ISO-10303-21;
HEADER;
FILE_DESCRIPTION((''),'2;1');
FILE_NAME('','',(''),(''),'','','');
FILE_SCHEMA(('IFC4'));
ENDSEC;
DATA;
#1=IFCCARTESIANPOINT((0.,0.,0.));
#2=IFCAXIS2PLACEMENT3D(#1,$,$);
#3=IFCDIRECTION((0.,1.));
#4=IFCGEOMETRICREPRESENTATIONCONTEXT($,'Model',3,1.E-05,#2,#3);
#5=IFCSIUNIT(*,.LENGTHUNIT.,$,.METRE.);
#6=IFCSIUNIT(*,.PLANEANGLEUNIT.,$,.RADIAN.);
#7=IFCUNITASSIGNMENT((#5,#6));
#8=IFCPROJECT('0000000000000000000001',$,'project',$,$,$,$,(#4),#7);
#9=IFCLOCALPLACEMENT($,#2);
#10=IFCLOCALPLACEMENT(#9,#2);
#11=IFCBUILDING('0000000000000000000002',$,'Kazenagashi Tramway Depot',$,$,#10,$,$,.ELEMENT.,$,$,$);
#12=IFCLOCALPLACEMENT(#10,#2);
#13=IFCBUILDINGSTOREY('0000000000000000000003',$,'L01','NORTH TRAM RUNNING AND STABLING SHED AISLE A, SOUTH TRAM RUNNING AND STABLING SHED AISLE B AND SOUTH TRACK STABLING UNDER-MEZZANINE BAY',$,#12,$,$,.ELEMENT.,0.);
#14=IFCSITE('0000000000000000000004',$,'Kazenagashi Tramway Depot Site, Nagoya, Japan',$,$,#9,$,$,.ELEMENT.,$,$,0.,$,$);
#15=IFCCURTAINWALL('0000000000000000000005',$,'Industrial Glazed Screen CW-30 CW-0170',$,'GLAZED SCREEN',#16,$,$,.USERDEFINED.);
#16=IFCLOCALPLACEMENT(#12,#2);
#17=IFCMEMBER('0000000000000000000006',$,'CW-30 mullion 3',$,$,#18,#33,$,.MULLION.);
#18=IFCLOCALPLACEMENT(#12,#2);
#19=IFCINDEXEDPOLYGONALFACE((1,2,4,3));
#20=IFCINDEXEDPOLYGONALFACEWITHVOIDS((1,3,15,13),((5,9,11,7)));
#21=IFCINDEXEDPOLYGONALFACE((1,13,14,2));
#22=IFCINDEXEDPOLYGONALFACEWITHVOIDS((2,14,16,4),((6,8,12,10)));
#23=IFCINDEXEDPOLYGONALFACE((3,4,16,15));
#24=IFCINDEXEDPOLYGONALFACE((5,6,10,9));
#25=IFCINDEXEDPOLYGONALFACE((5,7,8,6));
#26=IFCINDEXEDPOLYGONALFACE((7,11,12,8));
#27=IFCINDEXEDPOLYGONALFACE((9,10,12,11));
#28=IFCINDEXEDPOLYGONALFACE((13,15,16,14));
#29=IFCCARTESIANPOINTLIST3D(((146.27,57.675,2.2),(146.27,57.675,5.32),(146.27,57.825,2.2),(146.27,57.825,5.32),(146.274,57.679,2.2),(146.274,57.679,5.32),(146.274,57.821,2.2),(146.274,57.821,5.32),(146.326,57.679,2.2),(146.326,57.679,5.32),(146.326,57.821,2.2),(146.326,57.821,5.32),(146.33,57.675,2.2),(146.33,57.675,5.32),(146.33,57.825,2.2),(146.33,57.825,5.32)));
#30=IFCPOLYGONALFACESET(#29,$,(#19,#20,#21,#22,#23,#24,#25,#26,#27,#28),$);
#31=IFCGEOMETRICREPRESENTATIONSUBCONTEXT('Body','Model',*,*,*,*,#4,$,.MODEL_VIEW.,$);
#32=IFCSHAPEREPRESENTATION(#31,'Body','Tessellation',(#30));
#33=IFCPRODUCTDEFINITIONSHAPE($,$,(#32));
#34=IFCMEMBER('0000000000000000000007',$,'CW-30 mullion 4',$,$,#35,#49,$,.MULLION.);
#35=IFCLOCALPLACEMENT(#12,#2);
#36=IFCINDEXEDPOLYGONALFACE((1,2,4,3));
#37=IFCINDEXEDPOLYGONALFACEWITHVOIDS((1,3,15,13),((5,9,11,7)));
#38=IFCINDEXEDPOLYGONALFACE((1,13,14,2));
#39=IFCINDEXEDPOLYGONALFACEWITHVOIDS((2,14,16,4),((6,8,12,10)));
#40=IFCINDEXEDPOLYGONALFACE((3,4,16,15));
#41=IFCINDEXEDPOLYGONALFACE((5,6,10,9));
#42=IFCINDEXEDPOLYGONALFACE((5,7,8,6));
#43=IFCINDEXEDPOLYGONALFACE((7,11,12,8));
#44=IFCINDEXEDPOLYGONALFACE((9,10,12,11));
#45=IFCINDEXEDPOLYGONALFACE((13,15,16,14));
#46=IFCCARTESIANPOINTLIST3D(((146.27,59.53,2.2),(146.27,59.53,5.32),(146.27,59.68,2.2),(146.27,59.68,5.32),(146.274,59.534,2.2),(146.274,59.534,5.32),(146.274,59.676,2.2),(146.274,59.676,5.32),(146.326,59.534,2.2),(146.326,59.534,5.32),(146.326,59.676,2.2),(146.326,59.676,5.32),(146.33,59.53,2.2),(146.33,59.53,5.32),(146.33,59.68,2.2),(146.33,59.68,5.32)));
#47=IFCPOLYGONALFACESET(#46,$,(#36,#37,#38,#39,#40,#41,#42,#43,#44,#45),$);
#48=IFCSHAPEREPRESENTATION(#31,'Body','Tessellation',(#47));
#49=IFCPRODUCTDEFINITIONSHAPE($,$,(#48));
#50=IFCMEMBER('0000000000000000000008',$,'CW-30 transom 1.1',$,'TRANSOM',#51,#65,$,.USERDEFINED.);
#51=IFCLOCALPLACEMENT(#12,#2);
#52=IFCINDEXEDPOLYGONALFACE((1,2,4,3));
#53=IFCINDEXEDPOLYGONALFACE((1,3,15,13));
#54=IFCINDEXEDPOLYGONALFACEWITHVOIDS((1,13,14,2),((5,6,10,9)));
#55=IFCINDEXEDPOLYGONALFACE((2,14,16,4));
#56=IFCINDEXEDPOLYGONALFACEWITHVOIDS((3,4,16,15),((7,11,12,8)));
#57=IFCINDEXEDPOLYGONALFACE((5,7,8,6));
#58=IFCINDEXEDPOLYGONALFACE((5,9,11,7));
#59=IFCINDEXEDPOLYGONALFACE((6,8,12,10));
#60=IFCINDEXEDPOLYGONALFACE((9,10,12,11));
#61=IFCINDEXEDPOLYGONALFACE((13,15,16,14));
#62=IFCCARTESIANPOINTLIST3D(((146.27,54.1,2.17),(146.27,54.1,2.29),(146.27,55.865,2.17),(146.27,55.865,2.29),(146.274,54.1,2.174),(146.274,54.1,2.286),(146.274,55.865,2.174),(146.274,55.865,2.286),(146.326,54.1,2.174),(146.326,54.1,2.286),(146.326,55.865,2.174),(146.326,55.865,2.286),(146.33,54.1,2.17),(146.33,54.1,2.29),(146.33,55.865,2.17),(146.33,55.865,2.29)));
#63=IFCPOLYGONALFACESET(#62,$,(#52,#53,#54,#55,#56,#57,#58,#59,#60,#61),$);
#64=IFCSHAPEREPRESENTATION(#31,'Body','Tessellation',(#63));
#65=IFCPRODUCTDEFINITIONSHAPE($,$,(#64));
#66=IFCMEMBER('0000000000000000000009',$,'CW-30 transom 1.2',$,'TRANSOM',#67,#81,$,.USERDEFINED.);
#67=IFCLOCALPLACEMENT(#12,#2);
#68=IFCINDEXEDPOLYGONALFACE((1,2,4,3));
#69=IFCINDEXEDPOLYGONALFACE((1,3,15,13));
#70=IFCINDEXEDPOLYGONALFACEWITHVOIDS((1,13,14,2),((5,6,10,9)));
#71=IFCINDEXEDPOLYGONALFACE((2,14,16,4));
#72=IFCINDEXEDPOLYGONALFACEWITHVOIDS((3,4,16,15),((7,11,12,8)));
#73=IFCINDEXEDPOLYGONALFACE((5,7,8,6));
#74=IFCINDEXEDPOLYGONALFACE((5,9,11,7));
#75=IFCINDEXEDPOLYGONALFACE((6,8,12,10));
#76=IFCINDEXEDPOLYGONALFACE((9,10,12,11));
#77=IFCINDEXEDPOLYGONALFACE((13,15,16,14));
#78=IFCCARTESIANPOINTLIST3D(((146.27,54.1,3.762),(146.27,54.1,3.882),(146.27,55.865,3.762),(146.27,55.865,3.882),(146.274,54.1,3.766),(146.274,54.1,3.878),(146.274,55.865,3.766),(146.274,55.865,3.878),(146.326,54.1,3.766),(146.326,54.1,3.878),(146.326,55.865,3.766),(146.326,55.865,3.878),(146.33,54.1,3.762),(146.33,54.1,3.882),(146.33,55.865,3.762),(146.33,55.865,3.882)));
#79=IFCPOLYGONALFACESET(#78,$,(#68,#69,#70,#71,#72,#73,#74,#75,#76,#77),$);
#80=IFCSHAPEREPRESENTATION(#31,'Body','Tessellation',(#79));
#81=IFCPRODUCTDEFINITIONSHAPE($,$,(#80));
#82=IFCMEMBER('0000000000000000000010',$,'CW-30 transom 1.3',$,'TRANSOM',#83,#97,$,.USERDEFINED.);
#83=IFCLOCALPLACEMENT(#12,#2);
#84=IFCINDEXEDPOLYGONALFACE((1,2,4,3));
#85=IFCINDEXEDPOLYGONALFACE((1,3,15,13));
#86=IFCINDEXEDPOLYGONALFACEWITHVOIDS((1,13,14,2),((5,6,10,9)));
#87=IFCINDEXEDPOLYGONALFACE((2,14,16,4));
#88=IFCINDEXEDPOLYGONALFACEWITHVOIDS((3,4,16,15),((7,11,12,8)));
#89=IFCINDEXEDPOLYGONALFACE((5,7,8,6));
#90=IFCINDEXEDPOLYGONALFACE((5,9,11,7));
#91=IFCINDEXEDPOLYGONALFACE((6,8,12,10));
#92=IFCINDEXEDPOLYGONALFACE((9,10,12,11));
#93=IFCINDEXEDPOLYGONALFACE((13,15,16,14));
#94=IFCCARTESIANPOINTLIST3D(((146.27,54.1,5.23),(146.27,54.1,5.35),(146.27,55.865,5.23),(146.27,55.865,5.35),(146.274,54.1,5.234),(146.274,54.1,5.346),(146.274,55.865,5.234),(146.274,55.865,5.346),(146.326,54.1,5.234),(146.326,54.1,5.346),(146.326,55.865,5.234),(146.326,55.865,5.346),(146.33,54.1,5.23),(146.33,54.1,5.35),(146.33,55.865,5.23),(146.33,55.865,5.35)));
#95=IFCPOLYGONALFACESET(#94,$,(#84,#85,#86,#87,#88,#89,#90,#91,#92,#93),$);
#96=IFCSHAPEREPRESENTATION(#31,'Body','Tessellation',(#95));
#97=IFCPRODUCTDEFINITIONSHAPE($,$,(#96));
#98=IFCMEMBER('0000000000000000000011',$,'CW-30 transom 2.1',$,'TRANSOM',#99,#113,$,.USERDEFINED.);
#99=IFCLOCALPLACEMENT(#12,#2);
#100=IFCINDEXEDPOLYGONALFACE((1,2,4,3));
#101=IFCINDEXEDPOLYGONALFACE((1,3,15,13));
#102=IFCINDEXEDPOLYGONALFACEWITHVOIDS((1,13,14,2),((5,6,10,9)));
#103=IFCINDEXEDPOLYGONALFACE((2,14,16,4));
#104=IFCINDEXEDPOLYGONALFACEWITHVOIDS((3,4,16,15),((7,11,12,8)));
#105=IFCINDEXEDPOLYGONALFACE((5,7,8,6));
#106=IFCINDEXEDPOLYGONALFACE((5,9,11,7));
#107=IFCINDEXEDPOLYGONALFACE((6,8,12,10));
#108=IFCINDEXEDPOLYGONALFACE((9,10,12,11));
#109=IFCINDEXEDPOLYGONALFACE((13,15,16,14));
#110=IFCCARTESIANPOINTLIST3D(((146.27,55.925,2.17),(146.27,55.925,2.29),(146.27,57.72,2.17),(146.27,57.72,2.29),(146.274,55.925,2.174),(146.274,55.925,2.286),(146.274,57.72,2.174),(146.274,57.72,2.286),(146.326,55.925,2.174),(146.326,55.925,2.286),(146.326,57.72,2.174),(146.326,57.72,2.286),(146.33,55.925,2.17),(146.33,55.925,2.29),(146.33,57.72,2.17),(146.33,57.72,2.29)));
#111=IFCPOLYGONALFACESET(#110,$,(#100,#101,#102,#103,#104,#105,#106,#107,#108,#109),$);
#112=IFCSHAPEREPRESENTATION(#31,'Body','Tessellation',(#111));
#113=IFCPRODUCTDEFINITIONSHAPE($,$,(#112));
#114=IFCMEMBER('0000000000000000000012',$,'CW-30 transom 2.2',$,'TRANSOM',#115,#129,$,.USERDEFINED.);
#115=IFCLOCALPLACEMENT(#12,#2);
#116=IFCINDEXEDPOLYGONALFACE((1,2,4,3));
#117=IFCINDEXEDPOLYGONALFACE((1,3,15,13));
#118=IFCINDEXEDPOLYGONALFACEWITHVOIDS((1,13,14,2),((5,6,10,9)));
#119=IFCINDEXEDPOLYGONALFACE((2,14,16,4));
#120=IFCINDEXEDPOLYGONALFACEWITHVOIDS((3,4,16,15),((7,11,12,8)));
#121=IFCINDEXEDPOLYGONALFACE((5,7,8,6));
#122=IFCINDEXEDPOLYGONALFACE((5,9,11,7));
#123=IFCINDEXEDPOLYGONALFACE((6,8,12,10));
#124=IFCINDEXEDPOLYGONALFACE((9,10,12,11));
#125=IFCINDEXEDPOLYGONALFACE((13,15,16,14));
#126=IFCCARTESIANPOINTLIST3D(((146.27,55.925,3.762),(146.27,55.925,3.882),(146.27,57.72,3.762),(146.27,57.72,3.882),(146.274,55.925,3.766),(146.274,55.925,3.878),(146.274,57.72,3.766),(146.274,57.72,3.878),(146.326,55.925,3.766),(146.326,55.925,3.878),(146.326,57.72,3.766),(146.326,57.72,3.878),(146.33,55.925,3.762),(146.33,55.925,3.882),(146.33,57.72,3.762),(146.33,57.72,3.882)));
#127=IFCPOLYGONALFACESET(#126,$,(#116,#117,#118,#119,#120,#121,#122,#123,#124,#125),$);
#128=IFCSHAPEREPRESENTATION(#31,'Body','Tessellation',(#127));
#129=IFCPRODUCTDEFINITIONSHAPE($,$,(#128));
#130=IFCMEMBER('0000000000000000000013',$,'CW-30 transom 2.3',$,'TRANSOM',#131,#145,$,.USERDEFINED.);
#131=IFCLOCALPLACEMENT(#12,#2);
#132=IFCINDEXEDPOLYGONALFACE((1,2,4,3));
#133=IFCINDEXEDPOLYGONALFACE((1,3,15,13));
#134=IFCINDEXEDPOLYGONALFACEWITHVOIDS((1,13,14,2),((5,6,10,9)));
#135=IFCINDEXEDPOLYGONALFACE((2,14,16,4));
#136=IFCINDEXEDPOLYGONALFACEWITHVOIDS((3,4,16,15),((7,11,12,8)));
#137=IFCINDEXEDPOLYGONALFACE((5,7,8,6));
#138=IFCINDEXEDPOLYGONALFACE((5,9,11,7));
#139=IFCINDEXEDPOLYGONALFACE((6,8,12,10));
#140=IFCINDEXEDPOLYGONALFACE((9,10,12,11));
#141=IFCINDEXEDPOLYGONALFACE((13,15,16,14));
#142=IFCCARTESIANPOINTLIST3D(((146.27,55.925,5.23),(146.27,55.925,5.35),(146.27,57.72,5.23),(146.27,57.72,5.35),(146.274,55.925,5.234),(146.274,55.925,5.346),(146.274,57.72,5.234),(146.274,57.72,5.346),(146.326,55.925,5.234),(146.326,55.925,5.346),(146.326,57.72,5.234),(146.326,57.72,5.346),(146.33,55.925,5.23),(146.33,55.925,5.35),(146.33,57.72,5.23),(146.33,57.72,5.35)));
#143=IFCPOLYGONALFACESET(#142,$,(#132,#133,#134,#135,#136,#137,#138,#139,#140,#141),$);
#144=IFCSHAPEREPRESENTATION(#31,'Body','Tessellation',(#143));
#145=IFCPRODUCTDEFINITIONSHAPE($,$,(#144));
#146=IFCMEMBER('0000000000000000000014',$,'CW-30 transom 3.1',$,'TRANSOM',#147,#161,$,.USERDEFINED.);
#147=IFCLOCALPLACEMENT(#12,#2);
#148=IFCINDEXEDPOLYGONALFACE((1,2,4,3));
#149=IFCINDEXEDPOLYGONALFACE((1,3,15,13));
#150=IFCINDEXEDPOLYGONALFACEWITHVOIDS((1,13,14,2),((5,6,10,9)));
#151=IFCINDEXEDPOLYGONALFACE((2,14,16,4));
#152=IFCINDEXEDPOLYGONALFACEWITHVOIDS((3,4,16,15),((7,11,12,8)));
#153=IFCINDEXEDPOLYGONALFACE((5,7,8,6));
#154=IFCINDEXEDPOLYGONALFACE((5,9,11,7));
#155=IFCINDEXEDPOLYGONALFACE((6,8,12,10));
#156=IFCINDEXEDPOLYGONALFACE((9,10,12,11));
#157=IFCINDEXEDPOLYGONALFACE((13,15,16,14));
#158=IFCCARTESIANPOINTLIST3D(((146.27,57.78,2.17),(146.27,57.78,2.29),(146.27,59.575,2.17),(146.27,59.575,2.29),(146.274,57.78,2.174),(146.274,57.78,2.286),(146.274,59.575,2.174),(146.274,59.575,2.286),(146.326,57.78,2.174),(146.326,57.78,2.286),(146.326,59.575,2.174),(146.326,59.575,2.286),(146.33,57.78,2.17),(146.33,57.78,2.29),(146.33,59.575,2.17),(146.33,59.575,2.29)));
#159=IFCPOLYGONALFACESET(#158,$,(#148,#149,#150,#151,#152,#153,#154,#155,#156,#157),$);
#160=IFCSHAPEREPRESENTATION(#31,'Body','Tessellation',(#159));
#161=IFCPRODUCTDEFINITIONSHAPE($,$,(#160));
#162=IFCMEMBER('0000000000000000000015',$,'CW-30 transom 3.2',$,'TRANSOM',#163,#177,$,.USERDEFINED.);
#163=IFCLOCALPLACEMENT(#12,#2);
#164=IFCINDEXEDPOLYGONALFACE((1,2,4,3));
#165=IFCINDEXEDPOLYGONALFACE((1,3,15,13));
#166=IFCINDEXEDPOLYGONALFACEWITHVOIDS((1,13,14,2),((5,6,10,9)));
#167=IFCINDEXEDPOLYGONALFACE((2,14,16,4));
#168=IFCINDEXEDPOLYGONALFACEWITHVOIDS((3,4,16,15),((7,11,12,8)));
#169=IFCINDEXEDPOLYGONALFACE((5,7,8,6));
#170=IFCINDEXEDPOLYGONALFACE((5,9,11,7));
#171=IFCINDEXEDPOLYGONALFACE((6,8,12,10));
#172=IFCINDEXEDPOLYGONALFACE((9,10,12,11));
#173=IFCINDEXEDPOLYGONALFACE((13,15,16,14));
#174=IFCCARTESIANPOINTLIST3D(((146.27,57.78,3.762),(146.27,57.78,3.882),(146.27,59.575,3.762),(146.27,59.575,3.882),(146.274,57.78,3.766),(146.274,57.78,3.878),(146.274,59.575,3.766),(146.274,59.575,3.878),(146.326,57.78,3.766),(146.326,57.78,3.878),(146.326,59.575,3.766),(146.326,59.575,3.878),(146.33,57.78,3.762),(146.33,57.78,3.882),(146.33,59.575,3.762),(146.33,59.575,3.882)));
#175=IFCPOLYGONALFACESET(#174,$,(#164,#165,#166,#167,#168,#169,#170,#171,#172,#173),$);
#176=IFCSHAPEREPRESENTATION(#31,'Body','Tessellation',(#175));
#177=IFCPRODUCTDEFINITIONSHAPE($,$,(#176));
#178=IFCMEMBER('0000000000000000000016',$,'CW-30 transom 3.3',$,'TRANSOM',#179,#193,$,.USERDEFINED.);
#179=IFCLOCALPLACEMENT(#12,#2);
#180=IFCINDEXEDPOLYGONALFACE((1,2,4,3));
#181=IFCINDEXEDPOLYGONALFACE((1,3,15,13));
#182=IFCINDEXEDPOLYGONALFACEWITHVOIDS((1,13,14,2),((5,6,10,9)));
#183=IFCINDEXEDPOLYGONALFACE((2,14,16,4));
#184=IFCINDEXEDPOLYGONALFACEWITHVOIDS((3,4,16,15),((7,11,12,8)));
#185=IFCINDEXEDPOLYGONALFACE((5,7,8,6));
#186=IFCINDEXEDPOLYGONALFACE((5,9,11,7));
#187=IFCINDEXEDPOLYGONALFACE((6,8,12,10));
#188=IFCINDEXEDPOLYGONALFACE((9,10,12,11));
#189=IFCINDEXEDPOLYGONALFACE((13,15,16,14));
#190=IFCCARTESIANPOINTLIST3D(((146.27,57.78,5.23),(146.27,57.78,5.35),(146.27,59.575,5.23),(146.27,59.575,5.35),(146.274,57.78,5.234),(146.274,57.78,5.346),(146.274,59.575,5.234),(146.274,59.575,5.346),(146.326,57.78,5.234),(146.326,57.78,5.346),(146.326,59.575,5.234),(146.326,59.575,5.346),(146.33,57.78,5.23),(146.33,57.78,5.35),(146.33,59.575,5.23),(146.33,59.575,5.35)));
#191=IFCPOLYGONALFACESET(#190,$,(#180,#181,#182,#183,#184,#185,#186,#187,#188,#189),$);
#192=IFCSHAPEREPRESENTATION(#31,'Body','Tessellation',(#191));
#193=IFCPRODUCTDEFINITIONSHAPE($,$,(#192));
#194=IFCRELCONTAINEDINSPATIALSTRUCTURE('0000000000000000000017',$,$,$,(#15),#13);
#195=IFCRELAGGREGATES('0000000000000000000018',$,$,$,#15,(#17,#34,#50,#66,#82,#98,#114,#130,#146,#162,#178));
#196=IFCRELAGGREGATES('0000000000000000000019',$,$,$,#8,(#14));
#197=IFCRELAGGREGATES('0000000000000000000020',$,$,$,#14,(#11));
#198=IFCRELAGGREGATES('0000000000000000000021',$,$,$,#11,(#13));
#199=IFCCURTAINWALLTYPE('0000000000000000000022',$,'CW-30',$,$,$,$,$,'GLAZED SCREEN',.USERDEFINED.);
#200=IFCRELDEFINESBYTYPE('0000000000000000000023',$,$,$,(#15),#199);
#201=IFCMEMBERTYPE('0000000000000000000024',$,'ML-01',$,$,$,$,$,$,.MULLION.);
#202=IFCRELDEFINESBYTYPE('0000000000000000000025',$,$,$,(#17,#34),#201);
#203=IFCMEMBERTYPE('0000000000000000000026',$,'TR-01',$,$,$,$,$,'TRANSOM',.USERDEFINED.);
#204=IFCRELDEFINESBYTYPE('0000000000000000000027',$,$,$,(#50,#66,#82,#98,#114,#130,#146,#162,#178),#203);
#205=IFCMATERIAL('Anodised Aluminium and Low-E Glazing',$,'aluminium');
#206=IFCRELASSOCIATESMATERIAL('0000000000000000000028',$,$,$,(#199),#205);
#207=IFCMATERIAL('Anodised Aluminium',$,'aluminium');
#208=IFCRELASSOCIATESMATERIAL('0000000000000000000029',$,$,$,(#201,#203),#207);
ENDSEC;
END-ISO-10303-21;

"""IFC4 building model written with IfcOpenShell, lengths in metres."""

from ifc_helpers import new_model, si_unit, direction, frame, origin, origin_2d, place, context, subcontext, project, spatial, hollow_rectangle, extrude, material, material_profile, profile_set, type_object, element, aggregate, save


model = new_model("IFC4")

# Units and contexts
model_context = context("Model", 3, precision=1e-05, world=origin(), true_north=direction((0.0, 1.0)))
body_context = subcontext(model_context, "Body", "Model", "MODEL_VIEW")
ifc_project = project(units=[si_unit("LENGTHUNIT", "METRE"), si_unit("PLANEANGLEUNIT", "RADIAN")], contexts=[model_context])

# Site, building, storey
site_placement = place(None, origin())
site = spatial("IfcSite", under=ifc_project, at=site_placement, Name="Kazenagashi Tramway Depot Site, Nagoya, Japan", CompositionType="ELEMENT", RefElevation=0.0)
building_placement = place(site_placement, origin())
building = spatial("IfcBuilding", under=site, at=building_placement, Name="Kazenagashi Tramway Depot", CompositionType="ELEMENT")
storey_placement = place(building_placement, origin())
storey = spatial("IfcBuildingStorey", under=building, at=storey_placement, Name="L01", Description="NORTH TRAM RUNNING AND STABLING SHED AISLE A, SOUTH TRAM RUNNING AND STABLING SHED AISLE B AND SOUTH TRACK STABLING UNDER-MEZZANINE BAY", CompositionType="ELEMENT", Elevation=0.0)

# Shared definitions
ifc_material_1 = material(Name="Anodised Aluminium and Low-E Glazing", Category="aluminium")
curtain_wall_type = type_object("IfcCurtainWallType", Name="CW-30", ElementType="GLAZED SCREEN", PredefinedType="USERDEFINED", material=ifc_material_1)
ifc_material_2 = material(Name="Anodised Aluminium", Category="aluminium")
ifc_material_profile_1 = material_profile(ifc_material_2, hollow_rectangle(XDim=0.06, YDim=0.15, WallThickness=0.004, at=origin_2d()), Name="RHS-150x60x4")
ifc_profile_set_1 = profile_set([ifc_material_profile_1], Name="Anodised Aluminium")
member_type_1 = type_object("IfcMemberType", Name="ML-01", PredefinedType="MULLION", material=ifc_profile_set_1)

# Curtain wall, members
curtain_wall_1_placement = place(storey_placement, origin())
curtain_wall_1 = element("IfcCurtainWall", 1, at=curtain_wall_1_placement, inside=storey, type_object=curtain_wall_type, Name="Industrial Glazed Screen CW-30 CW-0170", ObjectType="GLAZED SCREEN", PredefinedType="USERDEFINED")
member_1_placement = place(storey_placement, frame((146.3, 57.75, 2.2), z_axis=(0.0, 0.0, 1.0), x_axis=(-1.0, 0.0, 0.0)))
member_1 = element("IfcMember", 2, at=member_1_placement, type_object=member_type_1, Name="CW-30 mullion 3", PredefinedType="MULLION", context=body_context, shape_type="SweptSolid", body=[
    extrude(hollow_rectangle(XDim=0.06, YDim=0.15, WallThickness=0.004, at=origin_2d()), origin(), (0.0, 0.0, 1.0), 3.12),
])
member_2_placement = place(storey_placement, frame((146.3, 59.605, 2.2), z_axis=(0.0, 0.0, 1.0), x_axis=(-1.0, 0.0, 0.0)))
member_2 = element("IfcMember", 3, at=member_2_placement, type_object=member_type_1, Name="CW-30 mullion 4", PredefinedType="MULLION", context=body_context, shape_type="SweptSolid", body=[
    extrude(hollow_rectangle(XDim=0.06, YDim=0.15, WallThickness=0.004, at=origin_2d()), origin(), (0.0, 0.0, 1.0), 3.12),
])
ifc_material_profile_2 = material_profile(ifc_material_2, hollow_rectangle(XDim=0.06, YDim=0.12, WallThickness=0.004, at=origin_2d()), Name="RHS-120x60x4")
ifc_profile_set_2 = profile_set([ifc_material_profile_2], Name="Anodised Aluminium")
member_type_2 = type_object("IfcMemberType", Name="TR-01", ElementType="TRANSOM", PredefinedType="USERDEFINED", material=ifc_profile_set_2)
member_3_placement = place(storey_placement, frame((146.3, 54.1, 2.23), z_axis=(0.0, 1.0, 0.0), x_axis=(-1.0, 0.0, 0.0)))
member_3 = element("IfcMember", 4, at=member_3_placement, type_object=member_type_2, Name="CW-30 transom 1.1", ObjectType="TRANSOM", PredefinedType="USERDEFINED", context=body_context, shape_type="SweptSolid", body=[
    extrude(hollow_rectangle(XDim=0.06, YDim=0.12, WallThickness=0.004, at=origin_2d()), origin(), (0.0, 0.0, 1.0), 1.765),
])
member_4_placement = place(storey_placement, frame((146.3, 54.1, 3.822), z_axis=(0.0, 1.0, 0.0), x_axis=(-1.0, 0.0, 0.0)))
member_4 = element("IfcMember", 5, at=member_4_placement, type_object=member_type_2, Name="CW-30 transom 1.2", ObjectType="TRANSOM", PredefinedType="USERDEFINED", context=body_context, shape_type="SweptSolid", body=[
    extrude(hollow_rectangle(XDim=0.06, YDim=0.12, WallThickness=0.004, at=origin_2d()), origin(), (0.0, 0.0, 1.0), 1.765),
])
member_5_placement = place(storey_placement, frame((146.3, 54.1, 5.29), z_axis=(0.0, 1.0, 0.0), x_axis=(-1.0, 0.0, 0.0)))
member_5 = element("IfcMember", 6, at=member_5_placement, type_object=member_type_2, Name="CW-30 transom 1.3", ObjectType="TRANSOM", PredefinedType="USERDEFINED", context=body_context, shape_type="SweptSolid", body=[
    extrude(hollow_rectangle(XDim=0.06, YDim=0.12, WallThickness=0.004, at=origin_2d()), origin(), (0.0, 0.0, 1.0), 1.765),
])
member_6_placement = place(storey_placement, frame((146.3, 55.925, 2.23), z_axis=(0.0, 1.0, 0.0), x_axis=(-1.0, 0.0, 0.0)))
member_6 = element("IfcMember", 7, at=member_6_placement, type_object=member_type_2, Name="CW-30 transom 2.1", ObjectType="TRANSOM", PredefinedType="USERDEFINED", context=body_context, shape_type="SweptSolid", body=[
    extrude(hollow_rectangle(XDim=0.06, YDim=0.12, WallThickness=0.004, at=origin_2d()), origin(), (0.0, 0.0, 1.0), 1.795),
])
member_7_placement = place(storey_placement, frame((146.3, 55.925, 3.822), z_axis=(0.0, 1.0, 0.0), x_axis=(-1.0, 0.0, 0.0)))
member_7 = element("IfcMember", 8, at=member_7_placement, type_object=member_type_2, Name="CW-30 transom 2.2", ObjectType="TRANSOM", PredefinedType="USERDEFINED", context=body_context, shape_type="SweptSolid", body=[
    extrude(hollow_rectangle(XDim=0.06, YDim=0.12, WallThickness=0.004, at=origin_2d()), origin(), (0.0, 0.0, 1.0), 1.795),
])
member_8_placement = place(storey_placement, frame((146.3, 55.925, 5.29), z_axis=(0.0, 1.0, 0.0), x_axis=(-1.0, 0.0, 0.0)))
member_8 = element("IfcMember", 9, at=member_8_placement, type_object=member_type_2, Name="CW-30 transom 2.3", ObjectType="TRANSOM", PredefinedType="USERDEFINED", context=body_context, shape_type="SweptSolid", body=[
    extrude(hollow_rectangle(XDim=0.06, YDim=0.12, WallThickness=0.004, at=origin_2d()), origin(), (0.0, 0.0, 1.0), 1.795),
])
member_9_placement = place(storey_placement, frame((146.3, 57.78, 2.23), z_axis=(0.0, 1.0, 0.0), x_axis=(-1.0, 0.0, 0.0)))
member_9 = element("IfcMember", 10, at=member_9_placement, type_object=member_type_2, Name="CW-30 transom 3.1", ObjectType="TRANSOM", PredefinedType="USERDEFINED", context=body_context, shape_type="SweptSolid", body=[
    extrude(hollow_rectangle(XDim=0.06, YDim=0.12, WallThickness=0.004, at=origin_2d()), origin(), (0.0, 0.0, 1.0), 1.795),
])
member_10_placement = place(storey_placement, frame((146.3, 57.78, 3.822), z_axis=(0.0, 1.0, 0.0), x_axis=(-1.0, 0.0, 0.0)))
member_10 = element("IfcMember", 11, at=member_10_placement, type_object=member_type_2, Name="CW-30 transom 3.2", ObjectType="TRANSOM", PredefinedType="USERDEFINED", context=body_context, shape_type="SweptSolid", body=[
    extrude(hollow_rectangle(XDim=0.06, YDim=0.12, WallThickness=0.004, at=origin_2d()), origin(), (0.0, 0.0, 1.0), 1.795),
])
member_11_placement = place(storey_placement, frame((146.3, 57.78, 5.29), z_axis=(0.0, 1.0, 0.0), x_axis=(-1.0, 0.0, 0.0)))
member_11 = element("IfcMember", 12, at=member_11_placement, type_object=member_type_2, Name="CW-30 transom 3.3", ObjectType="TRANSOM", PredefinedType="USERDEFINED", context=body_context, shape_type="SweptSolid", body=[
    extrude(hollow_rectangle(XDim=0.06, YDim=0.12, WallThickness=0.004, at=origin_2d()), origin(), (0.0, 0.0, 1.0), 1.795),
])

aggregate(curtain_wall_1, [member_1, member_2, member_3, member_4, member_5, member_6, member_7, member_8, member_9, member_10, member_11])

save(model, "model.ifc")
